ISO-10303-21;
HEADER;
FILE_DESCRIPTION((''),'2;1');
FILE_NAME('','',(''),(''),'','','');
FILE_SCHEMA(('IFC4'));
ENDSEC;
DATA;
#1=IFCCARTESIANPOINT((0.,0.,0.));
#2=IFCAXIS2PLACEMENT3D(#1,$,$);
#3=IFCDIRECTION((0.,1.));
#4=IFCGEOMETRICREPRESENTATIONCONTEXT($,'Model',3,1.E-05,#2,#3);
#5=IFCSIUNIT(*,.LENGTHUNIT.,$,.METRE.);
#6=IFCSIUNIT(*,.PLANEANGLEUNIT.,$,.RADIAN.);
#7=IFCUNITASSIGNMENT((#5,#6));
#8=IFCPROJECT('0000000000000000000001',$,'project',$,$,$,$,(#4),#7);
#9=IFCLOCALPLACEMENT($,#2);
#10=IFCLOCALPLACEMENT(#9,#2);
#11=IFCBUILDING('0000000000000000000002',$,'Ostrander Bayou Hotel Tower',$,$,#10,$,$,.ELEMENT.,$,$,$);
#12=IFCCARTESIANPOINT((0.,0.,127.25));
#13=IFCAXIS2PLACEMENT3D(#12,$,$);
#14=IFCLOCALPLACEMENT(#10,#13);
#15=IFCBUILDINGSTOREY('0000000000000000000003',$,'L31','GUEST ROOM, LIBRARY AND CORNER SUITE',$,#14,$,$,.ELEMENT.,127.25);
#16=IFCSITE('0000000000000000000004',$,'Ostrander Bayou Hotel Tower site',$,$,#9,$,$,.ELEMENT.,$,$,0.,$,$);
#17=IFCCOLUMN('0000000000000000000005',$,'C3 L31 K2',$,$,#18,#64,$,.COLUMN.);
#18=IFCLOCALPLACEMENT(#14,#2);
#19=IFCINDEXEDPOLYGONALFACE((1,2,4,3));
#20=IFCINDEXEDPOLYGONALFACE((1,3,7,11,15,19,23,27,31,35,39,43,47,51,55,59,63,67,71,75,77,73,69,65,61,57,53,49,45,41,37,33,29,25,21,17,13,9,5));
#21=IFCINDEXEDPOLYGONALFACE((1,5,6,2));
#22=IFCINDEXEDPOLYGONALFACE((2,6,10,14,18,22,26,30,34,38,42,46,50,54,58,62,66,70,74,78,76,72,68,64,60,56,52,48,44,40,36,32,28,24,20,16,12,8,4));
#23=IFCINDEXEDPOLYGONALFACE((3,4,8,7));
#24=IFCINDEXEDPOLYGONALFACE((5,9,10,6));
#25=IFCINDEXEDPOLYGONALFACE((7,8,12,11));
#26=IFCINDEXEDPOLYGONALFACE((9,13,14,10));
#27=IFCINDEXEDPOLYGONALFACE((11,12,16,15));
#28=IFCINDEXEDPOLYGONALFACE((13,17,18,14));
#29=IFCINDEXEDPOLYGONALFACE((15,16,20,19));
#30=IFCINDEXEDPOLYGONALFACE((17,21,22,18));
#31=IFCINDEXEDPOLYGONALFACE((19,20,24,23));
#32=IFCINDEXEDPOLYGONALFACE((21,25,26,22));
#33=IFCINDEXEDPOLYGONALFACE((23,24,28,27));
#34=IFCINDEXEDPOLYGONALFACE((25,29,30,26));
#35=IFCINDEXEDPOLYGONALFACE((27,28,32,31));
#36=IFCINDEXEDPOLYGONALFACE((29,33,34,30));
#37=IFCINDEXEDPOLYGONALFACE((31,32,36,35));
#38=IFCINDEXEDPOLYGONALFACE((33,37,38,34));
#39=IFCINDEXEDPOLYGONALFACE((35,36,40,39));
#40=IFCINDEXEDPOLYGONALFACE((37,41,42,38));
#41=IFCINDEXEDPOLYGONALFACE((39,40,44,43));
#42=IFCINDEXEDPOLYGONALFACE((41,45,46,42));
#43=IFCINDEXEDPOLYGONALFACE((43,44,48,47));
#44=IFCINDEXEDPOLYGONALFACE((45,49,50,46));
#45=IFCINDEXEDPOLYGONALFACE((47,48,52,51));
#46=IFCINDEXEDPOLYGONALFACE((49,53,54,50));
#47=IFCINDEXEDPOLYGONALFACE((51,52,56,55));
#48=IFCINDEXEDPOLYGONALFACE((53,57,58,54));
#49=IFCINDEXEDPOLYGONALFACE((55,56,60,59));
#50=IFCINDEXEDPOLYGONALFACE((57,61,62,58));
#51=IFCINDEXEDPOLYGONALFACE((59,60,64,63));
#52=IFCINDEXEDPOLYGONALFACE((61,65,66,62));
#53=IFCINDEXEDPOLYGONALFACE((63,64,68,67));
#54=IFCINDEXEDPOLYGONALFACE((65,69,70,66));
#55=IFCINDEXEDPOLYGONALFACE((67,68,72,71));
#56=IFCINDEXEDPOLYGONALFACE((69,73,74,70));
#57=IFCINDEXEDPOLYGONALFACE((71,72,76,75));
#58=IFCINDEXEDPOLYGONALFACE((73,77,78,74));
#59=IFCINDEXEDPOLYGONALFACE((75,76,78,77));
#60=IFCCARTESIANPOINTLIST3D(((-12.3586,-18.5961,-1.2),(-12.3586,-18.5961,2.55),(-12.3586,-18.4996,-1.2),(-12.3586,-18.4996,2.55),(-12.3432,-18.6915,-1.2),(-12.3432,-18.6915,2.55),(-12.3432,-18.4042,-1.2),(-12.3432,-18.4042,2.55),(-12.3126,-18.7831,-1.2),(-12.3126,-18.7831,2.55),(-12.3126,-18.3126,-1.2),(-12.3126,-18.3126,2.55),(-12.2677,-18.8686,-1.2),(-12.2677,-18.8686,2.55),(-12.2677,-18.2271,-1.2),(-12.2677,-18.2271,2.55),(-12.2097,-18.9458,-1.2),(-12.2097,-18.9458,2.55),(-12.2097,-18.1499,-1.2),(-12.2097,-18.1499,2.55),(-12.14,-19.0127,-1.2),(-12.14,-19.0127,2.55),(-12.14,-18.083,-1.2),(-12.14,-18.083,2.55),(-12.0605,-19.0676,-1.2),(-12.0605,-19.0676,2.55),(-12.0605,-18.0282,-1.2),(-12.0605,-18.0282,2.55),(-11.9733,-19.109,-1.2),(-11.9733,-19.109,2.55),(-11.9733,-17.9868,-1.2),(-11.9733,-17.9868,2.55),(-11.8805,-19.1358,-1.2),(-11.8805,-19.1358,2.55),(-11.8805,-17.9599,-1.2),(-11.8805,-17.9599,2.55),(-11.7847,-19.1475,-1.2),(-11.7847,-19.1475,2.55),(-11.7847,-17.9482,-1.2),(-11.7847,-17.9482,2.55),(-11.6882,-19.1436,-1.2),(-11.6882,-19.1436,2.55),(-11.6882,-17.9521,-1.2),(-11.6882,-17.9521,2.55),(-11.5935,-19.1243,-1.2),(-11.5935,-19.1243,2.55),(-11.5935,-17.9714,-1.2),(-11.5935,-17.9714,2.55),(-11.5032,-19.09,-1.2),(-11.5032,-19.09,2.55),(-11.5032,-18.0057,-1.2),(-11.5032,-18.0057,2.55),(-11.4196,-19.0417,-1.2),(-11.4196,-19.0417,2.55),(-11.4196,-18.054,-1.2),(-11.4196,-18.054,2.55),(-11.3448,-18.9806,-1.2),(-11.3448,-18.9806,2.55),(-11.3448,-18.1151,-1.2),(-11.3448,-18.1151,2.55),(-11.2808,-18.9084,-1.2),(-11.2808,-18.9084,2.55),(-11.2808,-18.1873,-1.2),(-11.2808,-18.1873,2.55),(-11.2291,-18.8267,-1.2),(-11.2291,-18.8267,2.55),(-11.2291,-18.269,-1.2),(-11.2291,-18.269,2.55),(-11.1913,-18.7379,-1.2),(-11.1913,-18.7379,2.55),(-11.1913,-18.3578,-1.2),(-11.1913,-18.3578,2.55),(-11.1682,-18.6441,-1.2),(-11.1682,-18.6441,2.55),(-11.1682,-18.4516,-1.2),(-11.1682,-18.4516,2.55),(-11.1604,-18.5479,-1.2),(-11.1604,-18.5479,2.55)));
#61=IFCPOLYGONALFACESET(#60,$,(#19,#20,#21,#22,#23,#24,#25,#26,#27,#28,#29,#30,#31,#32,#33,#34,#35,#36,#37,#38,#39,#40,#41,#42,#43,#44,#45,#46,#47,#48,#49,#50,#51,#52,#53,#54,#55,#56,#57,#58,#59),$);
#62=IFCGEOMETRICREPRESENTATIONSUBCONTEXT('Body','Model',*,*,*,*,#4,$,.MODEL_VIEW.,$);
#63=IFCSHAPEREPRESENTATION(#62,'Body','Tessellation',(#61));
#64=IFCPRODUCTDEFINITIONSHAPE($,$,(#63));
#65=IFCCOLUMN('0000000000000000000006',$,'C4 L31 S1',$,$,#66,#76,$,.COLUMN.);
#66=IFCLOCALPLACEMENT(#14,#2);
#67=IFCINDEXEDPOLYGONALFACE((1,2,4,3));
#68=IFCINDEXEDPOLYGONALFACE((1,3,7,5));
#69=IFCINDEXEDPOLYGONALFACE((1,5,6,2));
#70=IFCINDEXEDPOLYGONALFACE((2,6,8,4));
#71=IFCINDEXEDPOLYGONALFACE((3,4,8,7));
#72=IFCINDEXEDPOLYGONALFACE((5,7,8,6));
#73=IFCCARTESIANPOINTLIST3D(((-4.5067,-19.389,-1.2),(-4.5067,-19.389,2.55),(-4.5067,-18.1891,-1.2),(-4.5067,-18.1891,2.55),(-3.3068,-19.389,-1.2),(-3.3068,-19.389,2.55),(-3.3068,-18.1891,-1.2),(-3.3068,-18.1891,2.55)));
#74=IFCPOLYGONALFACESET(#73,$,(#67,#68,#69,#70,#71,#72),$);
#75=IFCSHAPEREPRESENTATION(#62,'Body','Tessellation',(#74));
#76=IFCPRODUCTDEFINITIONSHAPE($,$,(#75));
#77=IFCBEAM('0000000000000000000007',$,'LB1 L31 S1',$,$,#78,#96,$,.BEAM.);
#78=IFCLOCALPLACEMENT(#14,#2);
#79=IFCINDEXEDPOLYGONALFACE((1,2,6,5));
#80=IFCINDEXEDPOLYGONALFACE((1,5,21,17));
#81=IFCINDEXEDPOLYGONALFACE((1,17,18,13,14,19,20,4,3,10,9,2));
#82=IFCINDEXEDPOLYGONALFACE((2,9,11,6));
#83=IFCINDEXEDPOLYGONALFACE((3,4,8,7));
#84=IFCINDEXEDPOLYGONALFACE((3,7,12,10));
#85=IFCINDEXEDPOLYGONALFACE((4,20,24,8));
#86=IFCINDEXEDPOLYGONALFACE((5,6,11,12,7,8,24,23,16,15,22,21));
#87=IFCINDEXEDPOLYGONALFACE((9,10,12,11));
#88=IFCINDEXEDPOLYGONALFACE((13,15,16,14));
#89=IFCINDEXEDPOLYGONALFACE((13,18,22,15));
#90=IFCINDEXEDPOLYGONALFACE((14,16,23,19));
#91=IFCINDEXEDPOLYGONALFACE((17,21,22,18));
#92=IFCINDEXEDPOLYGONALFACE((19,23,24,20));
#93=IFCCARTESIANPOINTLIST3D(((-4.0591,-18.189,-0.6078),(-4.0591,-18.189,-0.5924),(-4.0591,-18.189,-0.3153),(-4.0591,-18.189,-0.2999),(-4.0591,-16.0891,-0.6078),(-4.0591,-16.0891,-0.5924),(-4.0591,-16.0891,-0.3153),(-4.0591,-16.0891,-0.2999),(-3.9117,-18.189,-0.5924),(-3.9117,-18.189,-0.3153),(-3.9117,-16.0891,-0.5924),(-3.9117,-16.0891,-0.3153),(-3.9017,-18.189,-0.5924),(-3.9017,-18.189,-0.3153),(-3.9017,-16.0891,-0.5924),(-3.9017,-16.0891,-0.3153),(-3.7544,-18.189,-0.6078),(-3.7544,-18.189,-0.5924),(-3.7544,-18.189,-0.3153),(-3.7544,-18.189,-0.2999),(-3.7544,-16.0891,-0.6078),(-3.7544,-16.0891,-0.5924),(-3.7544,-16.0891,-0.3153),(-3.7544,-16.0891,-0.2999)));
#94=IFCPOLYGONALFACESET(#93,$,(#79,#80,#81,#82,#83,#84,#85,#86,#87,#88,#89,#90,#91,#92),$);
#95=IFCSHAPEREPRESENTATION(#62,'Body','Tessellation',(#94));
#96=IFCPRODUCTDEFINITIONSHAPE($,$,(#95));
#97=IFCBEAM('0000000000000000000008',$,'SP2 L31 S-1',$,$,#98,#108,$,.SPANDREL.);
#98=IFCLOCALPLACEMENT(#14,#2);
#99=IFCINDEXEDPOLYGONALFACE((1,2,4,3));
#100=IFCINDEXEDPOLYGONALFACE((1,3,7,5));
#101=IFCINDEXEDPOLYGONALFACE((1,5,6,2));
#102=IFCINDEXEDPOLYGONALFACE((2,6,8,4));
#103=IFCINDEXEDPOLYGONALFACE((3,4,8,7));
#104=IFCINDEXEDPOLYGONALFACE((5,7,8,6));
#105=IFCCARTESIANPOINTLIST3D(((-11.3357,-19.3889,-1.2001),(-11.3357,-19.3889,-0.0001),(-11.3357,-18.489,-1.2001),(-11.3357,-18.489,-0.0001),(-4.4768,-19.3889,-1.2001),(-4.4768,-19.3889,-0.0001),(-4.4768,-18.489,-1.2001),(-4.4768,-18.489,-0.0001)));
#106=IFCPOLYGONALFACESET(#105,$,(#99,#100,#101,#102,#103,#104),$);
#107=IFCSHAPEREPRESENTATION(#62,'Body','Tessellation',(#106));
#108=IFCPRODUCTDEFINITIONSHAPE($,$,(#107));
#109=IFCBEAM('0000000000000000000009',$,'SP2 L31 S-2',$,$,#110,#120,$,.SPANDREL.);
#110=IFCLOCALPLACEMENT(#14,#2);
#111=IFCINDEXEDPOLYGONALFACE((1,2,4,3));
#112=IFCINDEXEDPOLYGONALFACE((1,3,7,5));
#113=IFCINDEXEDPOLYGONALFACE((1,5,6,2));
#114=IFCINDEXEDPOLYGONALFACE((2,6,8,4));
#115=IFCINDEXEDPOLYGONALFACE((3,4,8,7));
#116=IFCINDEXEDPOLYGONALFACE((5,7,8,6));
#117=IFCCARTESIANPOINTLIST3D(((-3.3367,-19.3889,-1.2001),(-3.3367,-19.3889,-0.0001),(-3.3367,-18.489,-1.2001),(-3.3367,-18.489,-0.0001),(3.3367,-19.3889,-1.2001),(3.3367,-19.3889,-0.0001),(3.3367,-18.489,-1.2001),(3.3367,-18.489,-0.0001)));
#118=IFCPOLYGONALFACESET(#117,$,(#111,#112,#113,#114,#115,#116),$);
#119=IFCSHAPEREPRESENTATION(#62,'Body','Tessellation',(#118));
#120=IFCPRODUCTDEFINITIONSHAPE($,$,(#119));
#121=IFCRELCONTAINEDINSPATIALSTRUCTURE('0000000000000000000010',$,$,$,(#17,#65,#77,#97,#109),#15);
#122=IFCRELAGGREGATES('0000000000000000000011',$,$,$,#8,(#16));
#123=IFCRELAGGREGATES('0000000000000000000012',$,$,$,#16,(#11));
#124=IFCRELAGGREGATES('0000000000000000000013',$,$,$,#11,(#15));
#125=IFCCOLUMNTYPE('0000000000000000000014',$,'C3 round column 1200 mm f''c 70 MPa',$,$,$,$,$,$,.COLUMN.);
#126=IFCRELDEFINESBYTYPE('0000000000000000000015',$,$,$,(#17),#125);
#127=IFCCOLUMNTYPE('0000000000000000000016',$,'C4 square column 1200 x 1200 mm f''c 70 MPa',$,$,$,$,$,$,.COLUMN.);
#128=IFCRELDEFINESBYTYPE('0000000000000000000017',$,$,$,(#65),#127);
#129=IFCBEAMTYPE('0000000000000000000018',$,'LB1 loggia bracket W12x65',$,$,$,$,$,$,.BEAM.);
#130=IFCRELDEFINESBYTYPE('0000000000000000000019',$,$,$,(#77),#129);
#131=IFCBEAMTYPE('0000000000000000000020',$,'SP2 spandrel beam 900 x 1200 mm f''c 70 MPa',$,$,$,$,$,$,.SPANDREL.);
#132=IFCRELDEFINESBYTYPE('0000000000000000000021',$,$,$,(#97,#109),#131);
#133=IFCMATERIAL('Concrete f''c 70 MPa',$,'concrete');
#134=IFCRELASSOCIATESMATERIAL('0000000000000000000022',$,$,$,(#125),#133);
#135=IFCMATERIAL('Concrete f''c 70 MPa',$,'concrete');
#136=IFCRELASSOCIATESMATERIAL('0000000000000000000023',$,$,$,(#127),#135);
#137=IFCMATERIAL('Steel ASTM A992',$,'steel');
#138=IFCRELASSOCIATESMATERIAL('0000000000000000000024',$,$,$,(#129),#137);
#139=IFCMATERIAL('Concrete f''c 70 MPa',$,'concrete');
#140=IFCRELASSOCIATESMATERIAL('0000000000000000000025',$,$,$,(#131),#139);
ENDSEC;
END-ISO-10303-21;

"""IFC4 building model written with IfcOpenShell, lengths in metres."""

from ifc_helpers import new_model, si_unit, direction, frame, origin, origin_2d, place, context, subcontext, project, spatial, rectangle, circle, i_section, extrude, material, material_profile, profile_set, type_object, element, save


model = new_model("IFC4")

# Units and contexts
model_context = context("Model", 3, precision=1e-05, world=origin(), true_north=direction((0.0, 1.0)))
body_context = subcontext(model_context, "Body", "Model", "MODEL_VIEW")
ifc_project = project(units=[si_unit("LENGTHUNIT", "METRE"), si_unit("PLANEANGLEUNIT", "RADIAN")], contexts=[model_context])

# Site, building, storey
site_placement = place(None, origin())
site = spatial("IfcSite", under=ifc_project, at=site_placement, Name="Ostrander Bayou Hotel Tower site", CompositionType="ELEMENT", RefElevation=0.0)
building_placement = place(site_placement, origin())
building = spatial("IfcBuilding", under=site, at=building_placement, Name="Ostrander Bayou Hotel Tower", CompositionType="ELEMENT")
storey_placement = place(building_placement, frame((0.0, 0.0, 127.25)))
storey = spatial("IfcBuildingStorey", under=building, at=storey_placement, Name="L31", Description="GUEST ROOM, LIBRARY AND CORNER SUITE", CompositionType="ELEMENT", Elevation=127.25)

# Columns
ifc_material_1 = material(Name="Concrete f'c 70 MPa", Category="concrete")
ifc_material_profile_1 = material_profile(ifc_material_1, circle(Radius=0.6001, at=origin_2d()))
ifc_profile_set_1 = profile_set([ifc_material_profile_1], Name="Concrete f'c 70 MPa")
column_type_1 = type_object("IfcColumnType", Name="C3 round column 1200 mm f'c 70 MPa", PredefinedType="COLUMN", material=ifc_profile_set_1)
column_1_placement = place(storey_placement, frame((-11.7605, -18.5479, -1.2), z_axis=(0.0, 0.0, 1.0), x_axis=(1.0, 0.0, 0.0)))
element("IfcColumn", 1, at=column_1_placement, inside=storey, type_object=column_type_1, Name="C3 L31 K2", PredefinedType="COLUMN", context=body_context, shape_type="SweptSolid", body=[
    extrude(circle(Radius=0.6001, at=origin_2d()), origin(), (0.0, 0.0, 1.0), 3.75),
])
ifc_material_2 = material(Name="Concrete f'c 70 MPa", Category="concrete")
ifc_material_profile_2 = material_profile(ifc_material_2, rectangle(XDim=1.2, YDim=1.2, at=origin_2d()))
ifc_profile_set_2 = profile_set([ifc_material_profile_2], Name="Concrete f'c 70 MPa")
column_type_2 = type_object("IfcColumnType", Name="C4 square column 1200 x 1200 mm f'c 70 MPa", PredefinedType="COLUMN", material=ifc_profile_set_2)
column_2_placement = place(storey_placement, frame((-3.9067, -18.7891, -1.2), z_axis=(0.0, 0.0, 1.0), x_axis=(-1.0, 0.0, 0.0)))
element("IfcColumn", 2, at=column_2_placement, inside=storey, type_object=column_type_2, Name="C4 L31 S1", PredefinedType="COLUMN", context=body_context, shape_type="SweptSolid", body=[
    extrude(rectangle(XDim=1.2, YDim=1.2, at=origin_2d()), origin(), (0.0, 0.0, 1.0), 3.75),
])

# Beams
ifc_material_3 = material(Name="Steel ASTM A992", Category="steel")
ifc_material_profile_3 = material_profile(ifc_material_3, i_section(OverallWidth=0.3047, OverallDepth=0.3079, WebThickness=0.01, FlangeThickness=0.0154, at=origin_2d()))
ifc_profile_set_3 = profile_set([ifc_material_profile_3], Name="Steel ASTM A992")
beam_type_1 = type_object("IfcBeamType", Name="LB1 loggia bracket W12x65", PredefinedType="BEAM", material=ifc_profile_set_3)
beam_1_placement = place(storey_placement, frame((-3.9067, -18.189, -0.4539), z_axis=(0.0, 1.0, 0.0), x_axis=(-1.0, 0.0, 0.0)))
element("IfcBeam", 3, at=beam_1_placement, inside=storey, type_object=beam_type_1, Name="LB1 L31 S1", PredefinedType="BEAM", context=body_context, shape_type="SweptSolid", body=[
    extrude(i_section(OverallWidth=0.3047, OverallDepth=0.3079, WebThickness=0.01, FlangeThickness=0.0154, at=origin_2d()), origin(), (0.0, 0.0, 1.0), 2.0999),
])
ifc_material_4 = material(Name="Concrete f'c 70 MPa", Category="concrete")
ifc_material_profile_4 = material_profile(ifc_material_4, rectangle(XDim=0.8999, YDim=1.2, at=origin_2d()))
ifc_profile_set_4 = profile_set([ifc_material_profile_4], Name="Concrete f'c 70 MPa")
beam_type_2 = type_object("IfcBeamType", Name="SP2 spandrel beam 900 x 1200 mm f'c 70 MPa", PredefinedType="SPANDREL", material=ifc_profile_set_4)
beam_2_placement = place(storey_placement, frame((-11.3357, -18.939, -0.6001), z_axis=(1.0, 0.0, 0.0), x_axis=(0.0, 1.0, 0.0)))
element("IfcBeam", 4, at=beam_2_placement, inside=storey, type_object=beam_type_2, Name="SP2 L31 S-1", PredefinedType="SPANDREL", context=body_context, shape_type="SweptSolid", body=[
    extrude(rectangle(XDim=0.8999, YDim=1.2, at=origin_2d()), origin(), (0.0, 0.0, 1.0), 6.8589),
])
beam_3_placement = place(storey_placement, frame((-3.3367, -18.939, -0.6001), z_axis=(1.0, 0.0, 0.0), x_axis=(0.0, 1.0, 0.0)))
element("IfcBeam", 5, at=beam_3_placement, inside=storey, type_object=beam_type_2, Name="SP2 L31 S-2", PredefinedType="SPANDREL", context=body_context, shape_type="SweptSolid", body=[
    extrude(rectangle(XDim=0.8999, YDim=1.2, at=origin_2d()), origin(), (0.0, 0.0, 1.0), 6.6733),
])

save(model, "model.ifc")
